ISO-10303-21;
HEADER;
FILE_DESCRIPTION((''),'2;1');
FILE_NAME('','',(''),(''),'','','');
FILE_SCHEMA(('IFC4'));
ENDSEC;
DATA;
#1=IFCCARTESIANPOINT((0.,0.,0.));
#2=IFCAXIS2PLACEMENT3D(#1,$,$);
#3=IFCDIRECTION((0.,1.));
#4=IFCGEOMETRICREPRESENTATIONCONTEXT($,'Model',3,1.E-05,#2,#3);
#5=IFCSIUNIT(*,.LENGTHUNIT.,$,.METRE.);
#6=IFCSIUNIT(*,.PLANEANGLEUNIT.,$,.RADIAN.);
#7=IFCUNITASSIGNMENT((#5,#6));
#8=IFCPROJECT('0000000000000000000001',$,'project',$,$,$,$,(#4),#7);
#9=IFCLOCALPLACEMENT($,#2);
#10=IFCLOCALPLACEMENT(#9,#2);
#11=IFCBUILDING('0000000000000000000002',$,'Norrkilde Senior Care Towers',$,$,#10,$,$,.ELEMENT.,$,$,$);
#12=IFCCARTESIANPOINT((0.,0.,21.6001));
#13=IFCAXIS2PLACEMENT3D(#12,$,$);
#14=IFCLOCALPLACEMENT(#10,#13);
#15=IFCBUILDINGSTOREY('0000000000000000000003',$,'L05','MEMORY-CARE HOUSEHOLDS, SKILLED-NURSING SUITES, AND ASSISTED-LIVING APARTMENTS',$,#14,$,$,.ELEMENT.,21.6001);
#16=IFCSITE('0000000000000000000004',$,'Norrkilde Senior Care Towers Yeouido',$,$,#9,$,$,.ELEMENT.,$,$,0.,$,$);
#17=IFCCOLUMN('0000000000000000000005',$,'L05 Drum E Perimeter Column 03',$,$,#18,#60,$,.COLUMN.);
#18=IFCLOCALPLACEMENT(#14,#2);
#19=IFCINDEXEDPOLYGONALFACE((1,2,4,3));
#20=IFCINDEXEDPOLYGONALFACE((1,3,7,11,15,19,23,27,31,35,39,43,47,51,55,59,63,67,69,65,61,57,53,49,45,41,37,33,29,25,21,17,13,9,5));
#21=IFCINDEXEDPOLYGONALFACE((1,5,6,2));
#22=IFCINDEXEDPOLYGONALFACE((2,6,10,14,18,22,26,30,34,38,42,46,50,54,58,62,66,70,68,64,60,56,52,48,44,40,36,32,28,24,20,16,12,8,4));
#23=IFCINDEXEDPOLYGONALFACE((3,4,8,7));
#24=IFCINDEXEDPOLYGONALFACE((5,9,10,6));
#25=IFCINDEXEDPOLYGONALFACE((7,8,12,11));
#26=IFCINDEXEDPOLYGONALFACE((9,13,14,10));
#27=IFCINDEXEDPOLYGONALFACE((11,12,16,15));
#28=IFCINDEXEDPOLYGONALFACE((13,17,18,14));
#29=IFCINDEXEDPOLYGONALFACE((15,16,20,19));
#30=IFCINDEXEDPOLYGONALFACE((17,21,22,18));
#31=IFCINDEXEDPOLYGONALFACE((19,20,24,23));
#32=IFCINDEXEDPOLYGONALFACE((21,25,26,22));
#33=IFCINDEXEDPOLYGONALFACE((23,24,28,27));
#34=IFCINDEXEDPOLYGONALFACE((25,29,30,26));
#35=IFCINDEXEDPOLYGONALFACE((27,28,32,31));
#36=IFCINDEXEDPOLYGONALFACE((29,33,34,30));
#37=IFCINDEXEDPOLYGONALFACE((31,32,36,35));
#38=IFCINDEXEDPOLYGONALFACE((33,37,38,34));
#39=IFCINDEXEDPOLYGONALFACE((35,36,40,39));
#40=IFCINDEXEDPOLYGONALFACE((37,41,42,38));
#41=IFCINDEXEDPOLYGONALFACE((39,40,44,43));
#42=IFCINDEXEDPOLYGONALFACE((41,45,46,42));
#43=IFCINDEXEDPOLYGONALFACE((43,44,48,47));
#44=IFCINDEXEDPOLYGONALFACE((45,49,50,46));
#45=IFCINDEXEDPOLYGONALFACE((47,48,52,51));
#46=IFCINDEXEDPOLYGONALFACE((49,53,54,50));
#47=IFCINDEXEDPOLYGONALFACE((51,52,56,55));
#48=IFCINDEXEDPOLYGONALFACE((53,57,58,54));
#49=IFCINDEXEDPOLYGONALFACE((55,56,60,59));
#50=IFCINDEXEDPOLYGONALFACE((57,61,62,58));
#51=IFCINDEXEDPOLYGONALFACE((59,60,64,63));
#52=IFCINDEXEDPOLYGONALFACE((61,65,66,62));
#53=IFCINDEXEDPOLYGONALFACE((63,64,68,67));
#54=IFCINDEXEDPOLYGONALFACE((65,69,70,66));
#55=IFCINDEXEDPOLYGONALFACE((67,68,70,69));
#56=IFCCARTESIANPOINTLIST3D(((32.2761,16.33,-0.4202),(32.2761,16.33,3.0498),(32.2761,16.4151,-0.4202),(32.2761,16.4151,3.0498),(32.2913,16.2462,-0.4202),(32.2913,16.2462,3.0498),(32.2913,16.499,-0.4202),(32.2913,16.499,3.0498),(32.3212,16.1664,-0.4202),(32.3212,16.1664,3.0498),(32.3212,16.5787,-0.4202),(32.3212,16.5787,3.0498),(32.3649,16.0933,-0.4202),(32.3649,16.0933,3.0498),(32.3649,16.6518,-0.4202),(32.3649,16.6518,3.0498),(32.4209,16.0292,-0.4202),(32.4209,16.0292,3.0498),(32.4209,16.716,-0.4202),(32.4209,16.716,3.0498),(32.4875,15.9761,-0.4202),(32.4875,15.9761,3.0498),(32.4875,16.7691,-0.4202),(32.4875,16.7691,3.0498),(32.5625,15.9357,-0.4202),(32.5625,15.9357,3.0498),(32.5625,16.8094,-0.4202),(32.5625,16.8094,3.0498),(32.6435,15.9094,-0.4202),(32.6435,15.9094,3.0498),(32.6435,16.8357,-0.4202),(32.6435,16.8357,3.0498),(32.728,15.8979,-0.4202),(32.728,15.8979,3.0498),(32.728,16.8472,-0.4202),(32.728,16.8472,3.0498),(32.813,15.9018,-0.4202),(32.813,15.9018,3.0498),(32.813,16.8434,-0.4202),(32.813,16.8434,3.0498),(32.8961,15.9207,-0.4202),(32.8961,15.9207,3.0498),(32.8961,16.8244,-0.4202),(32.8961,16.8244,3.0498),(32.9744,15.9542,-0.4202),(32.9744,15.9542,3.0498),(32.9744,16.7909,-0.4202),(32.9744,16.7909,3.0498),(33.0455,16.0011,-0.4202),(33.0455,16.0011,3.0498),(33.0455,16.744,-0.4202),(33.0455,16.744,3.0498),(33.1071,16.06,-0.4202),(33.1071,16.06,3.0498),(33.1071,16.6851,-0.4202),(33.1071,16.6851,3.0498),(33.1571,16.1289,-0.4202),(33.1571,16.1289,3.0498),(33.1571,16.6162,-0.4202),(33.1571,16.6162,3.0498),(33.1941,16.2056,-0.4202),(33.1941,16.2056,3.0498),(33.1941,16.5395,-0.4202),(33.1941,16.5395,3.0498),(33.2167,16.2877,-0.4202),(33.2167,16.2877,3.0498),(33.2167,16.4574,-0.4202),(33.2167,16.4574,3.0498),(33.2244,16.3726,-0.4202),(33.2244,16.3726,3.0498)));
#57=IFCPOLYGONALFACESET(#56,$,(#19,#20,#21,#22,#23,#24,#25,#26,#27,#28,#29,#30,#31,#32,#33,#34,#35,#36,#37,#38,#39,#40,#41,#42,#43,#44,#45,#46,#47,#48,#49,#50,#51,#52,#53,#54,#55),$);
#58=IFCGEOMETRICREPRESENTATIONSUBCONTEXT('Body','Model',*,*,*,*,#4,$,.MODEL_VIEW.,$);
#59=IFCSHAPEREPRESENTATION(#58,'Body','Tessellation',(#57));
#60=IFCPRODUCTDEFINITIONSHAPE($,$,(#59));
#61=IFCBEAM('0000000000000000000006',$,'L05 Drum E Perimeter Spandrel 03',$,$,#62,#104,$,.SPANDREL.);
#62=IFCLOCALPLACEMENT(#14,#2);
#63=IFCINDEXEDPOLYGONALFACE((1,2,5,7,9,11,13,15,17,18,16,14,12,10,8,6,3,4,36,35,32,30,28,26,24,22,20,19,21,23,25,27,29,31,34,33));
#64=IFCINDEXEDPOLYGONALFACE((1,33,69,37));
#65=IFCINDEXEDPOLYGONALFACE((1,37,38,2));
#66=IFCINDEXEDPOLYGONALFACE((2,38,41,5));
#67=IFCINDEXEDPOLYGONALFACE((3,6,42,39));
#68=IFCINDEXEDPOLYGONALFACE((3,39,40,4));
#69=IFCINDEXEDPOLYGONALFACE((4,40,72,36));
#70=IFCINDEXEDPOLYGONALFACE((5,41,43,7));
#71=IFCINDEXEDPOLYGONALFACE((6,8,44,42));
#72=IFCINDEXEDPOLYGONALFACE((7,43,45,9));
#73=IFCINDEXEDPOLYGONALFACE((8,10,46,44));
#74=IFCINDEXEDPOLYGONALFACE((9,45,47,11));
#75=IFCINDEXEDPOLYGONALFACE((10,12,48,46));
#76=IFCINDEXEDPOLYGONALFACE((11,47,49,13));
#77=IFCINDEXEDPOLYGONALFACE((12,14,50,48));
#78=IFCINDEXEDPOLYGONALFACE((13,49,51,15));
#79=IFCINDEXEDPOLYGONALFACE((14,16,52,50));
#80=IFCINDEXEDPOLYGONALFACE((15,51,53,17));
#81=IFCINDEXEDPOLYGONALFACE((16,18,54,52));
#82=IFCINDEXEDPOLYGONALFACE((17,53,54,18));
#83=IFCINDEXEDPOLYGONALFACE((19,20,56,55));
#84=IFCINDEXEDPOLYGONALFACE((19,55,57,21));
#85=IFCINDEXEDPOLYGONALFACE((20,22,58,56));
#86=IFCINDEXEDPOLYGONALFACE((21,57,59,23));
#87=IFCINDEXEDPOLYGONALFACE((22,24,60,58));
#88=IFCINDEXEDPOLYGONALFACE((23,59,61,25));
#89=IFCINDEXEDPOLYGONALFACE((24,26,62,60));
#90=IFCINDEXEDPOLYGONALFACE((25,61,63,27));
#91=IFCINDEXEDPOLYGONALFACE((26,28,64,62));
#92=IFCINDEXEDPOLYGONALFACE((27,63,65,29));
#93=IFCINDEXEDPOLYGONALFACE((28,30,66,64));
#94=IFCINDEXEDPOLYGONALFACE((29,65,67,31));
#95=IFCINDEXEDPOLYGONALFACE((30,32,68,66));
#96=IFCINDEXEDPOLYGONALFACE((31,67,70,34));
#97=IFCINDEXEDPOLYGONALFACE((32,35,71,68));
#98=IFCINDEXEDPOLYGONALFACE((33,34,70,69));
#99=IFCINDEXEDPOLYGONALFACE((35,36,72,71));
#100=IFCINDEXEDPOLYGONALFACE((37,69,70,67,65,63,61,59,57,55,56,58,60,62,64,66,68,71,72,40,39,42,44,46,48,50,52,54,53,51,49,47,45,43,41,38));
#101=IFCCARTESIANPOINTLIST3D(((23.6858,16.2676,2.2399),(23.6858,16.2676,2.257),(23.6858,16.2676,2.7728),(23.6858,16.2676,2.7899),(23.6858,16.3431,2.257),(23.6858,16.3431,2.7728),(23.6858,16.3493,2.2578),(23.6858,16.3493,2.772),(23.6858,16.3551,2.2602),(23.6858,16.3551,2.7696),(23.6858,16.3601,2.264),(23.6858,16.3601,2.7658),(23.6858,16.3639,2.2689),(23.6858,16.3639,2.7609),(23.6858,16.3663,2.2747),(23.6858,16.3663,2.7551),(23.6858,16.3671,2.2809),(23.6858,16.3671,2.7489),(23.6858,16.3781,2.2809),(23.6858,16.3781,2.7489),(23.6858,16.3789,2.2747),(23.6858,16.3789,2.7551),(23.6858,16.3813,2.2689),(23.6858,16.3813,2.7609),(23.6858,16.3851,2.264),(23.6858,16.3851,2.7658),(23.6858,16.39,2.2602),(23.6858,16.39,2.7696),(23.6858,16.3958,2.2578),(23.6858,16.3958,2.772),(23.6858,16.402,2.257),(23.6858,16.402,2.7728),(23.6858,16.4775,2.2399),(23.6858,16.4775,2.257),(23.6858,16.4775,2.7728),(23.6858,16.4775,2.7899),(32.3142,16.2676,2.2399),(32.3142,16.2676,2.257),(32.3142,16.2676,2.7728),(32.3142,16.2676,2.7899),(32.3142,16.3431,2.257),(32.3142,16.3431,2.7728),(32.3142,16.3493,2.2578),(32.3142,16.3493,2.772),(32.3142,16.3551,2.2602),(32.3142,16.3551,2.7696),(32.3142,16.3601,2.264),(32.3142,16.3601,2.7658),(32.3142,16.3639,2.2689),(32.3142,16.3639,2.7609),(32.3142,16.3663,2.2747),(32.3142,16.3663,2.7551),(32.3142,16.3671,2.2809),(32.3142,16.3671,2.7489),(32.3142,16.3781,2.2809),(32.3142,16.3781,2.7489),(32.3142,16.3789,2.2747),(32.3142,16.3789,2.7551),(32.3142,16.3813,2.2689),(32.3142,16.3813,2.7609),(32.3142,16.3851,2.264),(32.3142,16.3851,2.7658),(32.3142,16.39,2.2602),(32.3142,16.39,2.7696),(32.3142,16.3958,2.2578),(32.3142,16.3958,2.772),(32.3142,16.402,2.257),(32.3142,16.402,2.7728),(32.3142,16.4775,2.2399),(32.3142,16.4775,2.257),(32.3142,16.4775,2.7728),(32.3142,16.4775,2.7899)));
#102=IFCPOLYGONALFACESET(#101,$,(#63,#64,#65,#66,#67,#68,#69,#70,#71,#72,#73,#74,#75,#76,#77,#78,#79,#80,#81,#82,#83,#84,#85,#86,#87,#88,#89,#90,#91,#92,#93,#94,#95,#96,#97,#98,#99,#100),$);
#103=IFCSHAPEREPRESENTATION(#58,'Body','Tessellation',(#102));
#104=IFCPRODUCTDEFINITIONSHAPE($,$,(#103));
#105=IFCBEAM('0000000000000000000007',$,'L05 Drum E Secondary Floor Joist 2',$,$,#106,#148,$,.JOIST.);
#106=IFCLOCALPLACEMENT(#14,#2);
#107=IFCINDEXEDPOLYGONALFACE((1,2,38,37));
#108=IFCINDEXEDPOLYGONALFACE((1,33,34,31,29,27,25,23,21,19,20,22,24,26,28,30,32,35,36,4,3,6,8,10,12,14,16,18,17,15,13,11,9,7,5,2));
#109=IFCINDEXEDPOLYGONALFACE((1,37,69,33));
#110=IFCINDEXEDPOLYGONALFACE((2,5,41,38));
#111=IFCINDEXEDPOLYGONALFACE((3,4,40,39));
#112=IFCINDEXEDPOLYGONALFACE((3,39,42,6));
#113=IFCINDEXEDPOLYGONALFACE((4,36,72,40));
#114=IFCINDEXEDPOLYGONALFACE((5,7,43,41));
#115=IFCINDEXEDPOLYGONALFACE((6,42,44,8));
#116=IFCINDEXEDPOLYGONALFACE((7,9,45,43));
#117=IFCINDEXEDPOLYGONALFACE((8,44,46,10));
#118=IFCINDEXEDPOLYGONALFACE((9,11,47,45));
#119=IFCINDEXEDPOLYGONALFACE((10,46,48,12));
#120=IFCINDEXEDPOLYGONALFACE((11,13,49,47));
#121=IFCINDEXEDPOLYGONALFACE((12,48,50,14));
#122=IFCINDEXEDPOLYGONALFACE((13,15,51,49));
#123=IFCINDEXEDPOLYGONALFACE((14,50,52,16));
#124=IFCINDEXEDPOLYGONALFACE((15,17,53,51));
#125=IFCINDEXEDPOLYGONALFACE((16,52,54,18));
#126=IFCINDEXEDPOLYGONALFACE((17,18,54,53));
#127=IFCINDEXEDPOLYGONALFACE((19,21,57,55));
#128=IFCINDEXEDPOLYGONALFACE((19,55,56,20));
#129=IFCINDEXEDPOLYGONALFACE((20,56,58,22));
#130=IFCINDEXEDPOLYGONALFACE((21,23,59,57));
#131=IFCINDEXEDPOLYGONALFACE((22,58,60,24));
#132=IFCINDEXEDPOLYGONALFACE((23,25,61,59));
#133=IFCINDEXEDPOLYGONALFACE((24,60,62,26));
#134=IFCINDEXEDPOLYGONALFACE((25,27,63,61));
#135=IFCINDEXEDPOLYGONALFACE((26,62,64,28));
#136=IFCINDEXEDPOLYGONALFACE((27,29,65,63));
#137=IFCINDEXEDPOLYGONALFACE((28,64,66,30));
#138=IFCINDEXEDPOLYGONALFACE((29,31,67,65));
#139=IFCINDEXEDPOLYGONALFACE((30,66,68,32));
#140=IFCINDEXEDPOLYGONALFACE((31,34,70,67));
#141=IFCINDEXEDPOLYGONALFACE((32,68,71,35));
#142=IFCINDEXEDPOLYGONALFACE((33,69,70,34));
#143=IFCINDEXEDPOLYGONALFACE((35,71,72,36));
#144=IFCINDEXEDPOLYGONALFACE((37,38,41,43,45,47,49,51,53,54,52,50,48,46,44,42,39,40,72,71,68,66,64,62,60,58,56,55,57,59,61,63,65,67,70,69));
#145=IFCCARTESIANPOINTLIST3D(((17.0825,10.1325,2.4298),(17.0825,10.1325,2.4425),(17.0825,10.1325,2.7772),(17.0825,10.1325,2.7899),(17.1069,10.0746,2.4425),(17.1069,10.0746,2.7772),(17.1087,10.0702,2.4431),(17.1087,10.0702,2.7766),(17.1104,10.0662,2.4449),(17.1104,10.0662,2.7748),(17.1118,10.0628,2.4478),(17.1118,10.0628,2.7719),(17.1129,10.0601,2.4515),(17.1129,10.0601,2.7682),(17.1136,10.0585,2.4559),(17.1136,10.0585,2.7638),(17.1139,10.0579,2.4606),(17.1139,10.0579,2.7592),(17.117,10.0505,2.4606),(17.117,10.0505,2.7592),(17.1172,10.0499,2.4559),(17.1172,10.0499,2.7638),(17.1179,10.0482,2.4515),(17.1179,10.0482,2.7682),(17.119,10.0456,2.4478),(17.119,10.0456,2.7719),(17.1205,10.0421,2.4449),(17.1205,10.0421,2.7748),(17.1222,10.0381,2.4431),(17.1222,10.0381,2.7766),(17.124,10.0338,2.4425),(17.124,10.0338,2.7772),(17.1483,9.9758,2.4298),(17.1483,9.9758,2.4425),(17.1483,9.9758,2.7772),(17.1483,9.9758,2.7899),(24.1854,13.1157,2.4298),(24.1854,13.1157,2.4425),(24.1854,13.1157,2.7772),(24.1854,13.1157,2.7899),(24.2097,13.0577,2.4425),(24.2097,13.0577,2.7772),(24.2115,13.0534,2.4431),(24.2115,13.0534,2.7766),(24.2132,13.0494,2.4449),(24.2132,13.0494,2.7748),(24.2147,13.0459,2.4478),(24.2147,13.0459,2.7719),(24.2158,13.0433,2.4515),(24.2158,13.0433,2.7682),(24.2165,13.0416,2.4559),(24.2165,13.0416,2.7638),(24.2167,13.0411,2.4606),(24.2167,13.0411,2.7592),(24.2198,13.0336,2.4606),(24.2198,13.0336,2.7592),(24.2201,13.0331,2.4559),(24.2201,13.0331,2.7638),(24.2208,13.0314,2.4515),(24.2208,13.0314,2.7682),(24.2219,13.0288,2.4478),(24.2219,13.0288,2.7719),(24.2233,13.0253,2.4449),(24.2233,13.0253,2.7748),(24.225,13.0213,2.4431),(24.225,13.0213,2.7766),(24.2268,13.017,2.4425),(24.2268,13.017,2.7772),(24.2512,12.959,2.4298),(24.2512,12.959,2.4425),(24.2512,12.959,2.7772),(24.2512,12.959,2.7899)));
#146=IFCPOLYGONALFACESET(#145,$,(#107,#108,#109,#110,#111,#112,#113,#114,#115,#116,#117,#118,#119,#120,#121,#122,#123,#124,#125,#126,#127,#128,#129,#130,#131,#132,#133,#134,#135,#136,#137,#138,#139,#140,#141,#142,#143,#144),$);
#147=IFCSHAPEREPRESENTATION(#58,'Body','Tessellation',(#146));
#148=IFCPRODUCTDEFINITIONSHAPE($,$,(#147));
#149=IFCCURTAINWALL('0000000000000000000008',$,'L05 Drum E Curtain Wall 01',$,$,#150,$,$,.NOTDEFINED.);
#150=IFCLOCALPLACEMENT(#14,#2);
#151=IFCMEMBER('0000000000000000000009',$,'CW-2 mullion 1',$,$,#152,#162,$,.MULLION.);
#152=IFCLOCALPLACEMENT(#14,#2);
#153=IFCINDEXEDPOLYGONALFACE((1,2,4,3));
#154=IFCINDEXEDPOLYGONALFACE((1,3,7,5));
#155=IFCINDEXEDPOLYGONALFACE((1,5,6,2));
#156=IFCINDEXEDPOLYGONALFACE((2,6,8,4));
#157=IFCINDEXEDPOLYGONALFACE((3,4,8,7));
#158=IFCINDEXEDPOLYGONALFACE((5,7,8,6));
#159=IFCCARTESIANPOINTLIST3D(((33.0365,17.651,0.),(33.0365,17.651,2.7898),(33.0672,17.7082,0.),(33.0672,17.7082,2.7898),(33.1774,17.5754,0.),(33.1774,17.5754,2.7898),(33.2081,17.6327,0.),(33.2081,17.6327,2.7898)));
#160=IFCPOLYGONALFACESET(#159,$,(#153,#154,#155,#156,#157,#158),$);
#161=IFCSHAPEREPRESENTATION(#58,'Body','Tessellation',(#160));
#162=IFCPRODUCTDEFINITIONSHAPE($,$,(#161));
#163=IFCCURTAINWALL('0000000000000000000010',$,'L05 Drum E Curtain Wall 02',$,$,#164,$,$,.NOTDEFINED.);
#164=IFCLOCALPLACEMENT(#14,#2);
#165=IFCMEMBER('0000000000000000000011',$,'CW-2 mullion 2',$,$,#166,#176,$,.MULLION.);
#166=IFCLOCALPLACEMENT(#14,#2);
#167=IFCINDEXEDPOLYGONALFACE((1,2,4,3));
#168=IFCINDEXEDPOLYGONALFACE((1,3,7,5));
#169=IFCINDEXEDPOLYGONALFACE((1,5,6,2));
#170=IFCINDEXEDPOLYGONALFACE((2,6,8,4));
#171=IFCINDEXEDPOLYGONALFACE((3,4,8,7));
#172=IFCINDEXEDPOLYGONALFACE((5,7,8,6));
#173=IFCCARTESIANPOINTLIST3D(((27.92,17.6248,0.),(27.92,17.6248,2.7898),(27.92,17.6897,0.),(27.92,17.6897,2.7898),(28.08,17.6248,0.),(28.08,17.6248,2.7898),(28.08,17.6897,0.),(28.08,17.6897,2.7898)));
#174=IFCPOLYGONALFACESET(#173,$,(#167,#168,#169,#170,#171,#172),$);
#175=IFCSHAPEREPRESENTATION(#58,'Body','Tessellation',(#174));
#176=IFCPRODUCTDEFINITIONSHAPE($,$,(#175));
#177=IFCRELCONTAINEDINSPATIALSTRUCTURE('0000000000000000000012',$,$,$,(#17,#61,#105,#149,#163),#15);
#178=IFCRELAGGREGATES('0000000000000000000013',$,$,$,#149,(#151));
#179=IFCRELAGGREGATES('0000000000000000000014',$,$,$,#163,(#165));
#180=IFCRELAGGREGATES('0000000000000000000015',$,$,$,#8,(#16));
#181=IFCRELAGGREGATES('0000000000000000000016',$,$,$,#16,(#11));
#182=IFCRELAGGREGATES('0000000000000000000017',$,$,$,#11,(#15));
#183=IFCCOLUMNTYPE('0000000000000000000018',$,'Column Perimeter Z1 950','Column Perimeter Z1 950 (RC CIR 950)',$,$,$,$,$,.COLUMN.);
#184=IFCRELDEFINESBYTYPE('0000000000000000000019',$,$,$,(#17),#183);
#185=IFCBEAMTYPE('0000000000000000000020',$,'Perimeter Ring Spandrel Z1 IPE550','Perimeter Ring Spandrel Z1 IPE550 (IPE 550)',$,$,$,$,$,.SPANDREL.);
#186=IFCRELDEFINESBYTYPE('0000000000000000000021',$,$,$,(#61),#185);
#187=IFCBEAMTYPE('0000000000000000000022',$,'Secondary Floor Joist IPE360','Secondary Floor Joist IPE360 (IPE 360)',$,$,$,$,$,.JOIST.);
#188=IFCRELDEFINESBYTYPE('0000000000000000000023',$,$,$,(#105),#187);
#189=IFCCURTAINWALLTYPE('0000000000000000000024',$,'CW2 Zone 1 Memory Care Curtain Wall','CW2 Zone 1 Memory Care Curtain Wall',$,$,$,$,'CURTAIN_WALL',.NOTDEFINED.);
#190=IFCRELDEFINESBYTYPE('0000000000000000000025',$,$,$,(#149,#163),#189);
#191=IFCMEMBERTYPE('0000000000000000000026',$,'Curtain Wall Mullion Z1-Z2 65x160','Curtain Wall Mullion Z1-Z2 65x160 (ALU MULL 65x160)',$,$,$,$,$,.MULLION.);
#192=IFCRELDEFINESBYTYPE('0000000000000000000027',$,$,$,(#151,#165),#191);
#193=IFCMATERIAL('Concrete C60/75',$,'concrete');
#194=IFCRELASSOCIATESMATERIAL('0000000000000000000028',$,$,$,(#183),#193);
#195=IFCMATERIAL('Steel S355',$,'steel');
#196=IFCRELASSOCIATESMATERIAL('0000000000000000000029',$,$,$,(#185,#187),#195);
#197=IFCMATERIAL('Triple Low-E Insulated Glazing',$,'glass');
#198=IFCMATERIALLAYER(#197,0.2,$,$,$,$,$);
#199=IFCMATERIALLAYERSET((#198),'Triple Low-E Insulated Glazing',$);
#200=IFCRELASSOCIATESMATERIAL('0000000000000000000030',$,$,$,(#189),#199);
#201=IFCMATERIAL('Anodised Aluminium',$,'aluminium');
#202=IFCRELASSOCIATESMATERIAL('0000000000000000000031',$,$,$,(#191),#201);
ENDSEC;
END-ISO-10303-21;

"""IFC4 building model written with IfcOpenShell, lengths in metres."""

from ifc_helpers import new_model, si_unit, direction, frame, origin, origin_2d, place, context, subcontext, project, spatial, rectangle, circle, i_section, extrude, source, transform, mapped, material, layer, layer_set, material_profile, profile_set, type_object, type_shapes, element, aggregate, save


model = new_model("IFC4")

# Units and contexts
model_context = context("Model", 3, precision=1e-05, world=origin(), true_north=direction((0.0, 1.0)))
body_context = subcontext(model_context, "Body", "Model", "MODEL_VIEW")
ifc_project = project(units=[si_unit("LENGTHUNIT", "METRE"), si_unit("PLANEANGLEUNIT", "RADIAN")], contexts=[model_context])

# Site, building, storey
site_placement = place(None, origin())
site = spatial("IfcSite", under=ifc_project, at=site_placement, Name="Norrkilde Senior Care Towers Yeouido", CompositionType="ELEMENT", RefElevation=0.0)
building_placement = place(site_placement, origin())
building = spatial("IfcBuilding", under=site, at=building_placement, Name="Norrkilde Senior Care Towers", CompositionType="ELEMENT")
storey_placement = place(building_placement, frame((0.0, 0.0, 21.6001)))
storey = spatial("IfcBuildingStorey", under=building, at=storey_placement, Name="L05", Description="MEMORY-CARE HOUSEHOLDS, SKILLED-NURSING SUITES, AND ASSISTED-LIVING APARTMENTS", CompositionType="ELEMENT", Elevation=21.6001)

# Column
ifc_material_1 = material(Name="Concrete C60/75", Category="concrete")
ifc_material_profile_1 = material_profile(ifc_material_1, circle(Radius=0.4751, at=origin_2d()), Name="RC CIR 950")
ifc_profile_set_1 = profile_set([ifc_material_profile_1], Name="Concrete C60/75")
column_type = type_object("IfcColumnType", Name="Column Perimeter Z1 950", Description="Column Perimeter Z1 950 (RC CIR 950)", PredefinedType="COLUMN", material=ifc_profile_set_1)
shared_shape_1 = source(origin(), body_context, "Body", "SweptSolid", [
    extrude(circle(Radius=0.4751, at=origin_2d()), origin(), (0.0, 0.0, 1.0), 3.47),
])
type_shapes(column_type, [shared_shape_1])
column_placement = place(storey_placement, frame((32.7493, 16.3726, -0.4202), z_axis=(0.0, 0.0, 1.0), x_axis=(1.0, 0.0, 0.0)))
element("IfcColumn", 1, at=column_placement, inside=storey, type_object=column_type, Name="L05 Drum E Perimeter Column 03", PredefinedType="COLUMN", context=body_context, shape_type="MappedRepresentation", body=[
    mapped(shared_shape_1, transform((0.0, 0.0, 0.0), x_axis=(1.0, 0.0, 0.0), y_axis=(0.0, 1.0, 0.0), z_axis=(0.0, 0.0, 1.0), scale=1.0)),
])

# Beams
ifc_material_2 = material(Name="Steel S355", Category="steel")
ifc_material_profile_2 = material_profile(ifc_material_2, i_section(OverallWidth=0.21, OverallDepth=0.55, WebThickness=0.011, FlangeThickness=0.0171, FilletRadius=0.0239, at=origin_2d()), Name="IPE 550")
ifc_profile_set_2 = profile_set([ifc_material_profile_2], Name="Steel S355")
beam_type_1 = type_object("IfcBeamType", Name="Perimeter Ring Spandrel Z1 IPE550", Description="Perimeter Ring Spandrel Z1 IPE550 (IPE 550)", PredefinedType="SPANDREL", material=ifc_profile_set_2)
shared_shape_2 = source(origin(), body_context, "Body", "SweptSolid", [
    extrude(i_section(OverallWidth=0.21, OverallDepth=0.55, WebThickness=0.011, FlangeThickness=0.0171, FilletRadius=0.0239, at=origin_2d()), origin(), (0.0, 0.0, 1.0), 8.6284),
])
type_shapes(beam_type_1, [shared_shape_2])
beam_1_placement = place(storey_placement, frame((32.3142, 16.3726, 2.5149), z_axis=(-1.0, 0.0, 0.0), x_axis=(0.0, -1.0, 0.0)))
element("IfcBeam", 2, at=beam_1_placement, inside=storey, type_object=beam_type_1, Name="L05 Drum E Perimeter Spandrel 03", PredefinedType="SPANDREL", context=body_context, shape_type="MappedRepresentation", body=[
    mapped(shared_shape_2, transform((0.0, 0.0, 0.0), x_axis=(1.0, 0.0, 0.0), y_axis=(0.0, 1.0, 0.0), z_axis=(0.0, 0.0, 1.0), scale=1.0)),
])
ifc_material_profile_3 = material_profile(ifc_material_2, i_section(OverallWidth=0.1699, OverallDepth=0.3601, WebThickness=0.0081, FlangeThickness=0.0127, FilletRadius=0.0181, at=origin_2d()), Name="IPE 360")
ifc_profile_set_3 = profile_set([ifc_material_profile_3], Name="Steel S355")
beam_type_2 = type_object("IfcBeamType", Name="Secondary Floor Joist IPE360", Description="Secondary Floor Joist IPE360 (IPE 360)", PredefinedType="JOIST", material=ifc_profile_set_3)
shared_shape_3 = source(origin(), body_context, "Body", "SweptSolid", [
    extrude(i_section(OverallWidth=0.1699, OverallDepth=0.3601, WebThickness=0.0081, FlangeThickness=0.0127, FilletRadius=0.0181, at=origin_2d()), origin(), (0.0, 0.0, 1.0), 7.7039),
])
type_shapes(beam_type_2, [shared_shape_3])
beam_2_placement = place(storey_placement, frame((24.2183, 13.0374, 2.6099), z_axis=(-0.921983, -0.387231, 0.0), x_axis=(0.387231, -0.921983, 0.0)))
element("IfcBeam", 3, at=beam_2_placement, inside=storey, type_object=beam_type_2, Name="L05 Drum E Secondary Floor Joist 2", PredefinedType="JOIST", context=body_context, shape_type="MappedRepresentation", body=[
    mapped(shared_shape_3, transform((0.0, 0.0, 0.0), x_axis=(1.0, 0.0, 0.0), y_axis=(0.0, 1.0, 0.0), z_axis=(0.0, 0.0, 1.0), scale=1.0)),
])

# Curtain wall, member
ifc_material_3 = material(Name="Triple Low-E Insulated Glazing", Category="glass")
ifc_layer_1 = layer(ifc_material_3, 0.2)
ifc_layer_set_1 = layer_set([ifc_layer_1], Name="Triple Low-E Insulated Glazing")
curtain_wall_type = type_object("IfcCurtainWallType", Name="CW2 Zone 1 Memory Care Curtain Wall", Description="CW2 Zone 1 Memory Care Curtain Wall", ElementType="CURTAIN_WALL", PredefinedType="NOTDEFINED", material=ifc_layer_set_1)
curtain_wall_1_placement = place(storey_placement, origin())
curtain_wall_1 = element("IfcCurtainWall", 4, at=curtain_wall_1_placement, inside=storey, type_object=curtain_wall_type, Name="L05 Drum E Curtain Wall 01", PredefinedType="NOTDEFINED")
ifc_material_4 = material(Name="Anodised Aluminium", Category="aluminium")
ifc_material_profile_4 = material_profile(ifc_material_4, rectangle(XDim=0.0649, YDim=0.1599, at=origin_2d()), Name="ALU MULL 65x160")
ifc_profile_set_4 = profile_set([ifc_material_profile_4], Name="Anodised Aluminium")
member_type_1 = type_object("IfcMemberType", Name="Curtain Wall Mullion Z1-Z2 65x160", Description="Curtain Wall Mullion Z1-Z2 65x160 (ALU MULL 65x160)", PredefinedType="MULLION", material=ifc_profile_set_4)
shared_shape_4 = source(origin(), body_context, "Body", "SweptSolid", [
    extrude(rectangle(XDim=0.0649, YDim=0.1599, at=origin_2d()), origin(), (0.0, 0.0, 1.0), 2.7898),
])
type_shapes(member_type_1, [shared_shape_4])
member_1_placement = place(storey_placement, frame((33.1223, 17.6418, 0.0), z_axis=(0.0, 0.0, 1.0), x_axis=(0.472608, 0.881273, 0.0)))
member_1 = element("IfcMember", 5, at=member_1_placement, type_object=member_type_1, Name="CW-2 mullion 1", PredefinedType="MULLION", context=body_context, shape_type="MappedRepresentation", body=[
    mapped(shared_shape_4, transform((0.0, 0.0, 0.0), x_axis=(1.0, 0.0, 0.0), y_axis=(0.0, 1.0, 0.0), z_axis=(0.0, 0.0, 1.0), scale=1.0)),
])

# Curtain wall, member
curtain_wall_2_placement = place(storey_placement, origin())
curtain_wall_2 = element("IfcCurtainWall", 6, at=curtain_wall_2_placement, inside=storey, type_object=curtain_wall_type, Name="L05 Drum E Curtain Wall 02", PredefinedType="NOTDEFINED")
member_2_placement = place(storey_placement, frame((28.0, 17.6572, 0.0), z_axis=(0.0, 0.0, 1.0), x_axis=(0.0, 1.0, 0.0)))
member_2 = element("IfcMember", 7, at=member_2_placement, type_object=member_type_1, Name="CW-2 mullion 2", PredefinedType="MULLION", context=body_context, shape_type="MappedRepresentation", body=[
    mapped(shared_shape_4, transform((0.0, 0.0, 0.0), x_axis=(1.0, 0.0, 0.0), y_axis=(0.0, 1.0, 0.0), z_axis=(0.0, 0.0, 1.0), scale=1.0)),
])

aggregate(curtain_wall_1, [member_1])

aggregate(curtain_wall_2, [member_2])

save(model, "model.ifc")
